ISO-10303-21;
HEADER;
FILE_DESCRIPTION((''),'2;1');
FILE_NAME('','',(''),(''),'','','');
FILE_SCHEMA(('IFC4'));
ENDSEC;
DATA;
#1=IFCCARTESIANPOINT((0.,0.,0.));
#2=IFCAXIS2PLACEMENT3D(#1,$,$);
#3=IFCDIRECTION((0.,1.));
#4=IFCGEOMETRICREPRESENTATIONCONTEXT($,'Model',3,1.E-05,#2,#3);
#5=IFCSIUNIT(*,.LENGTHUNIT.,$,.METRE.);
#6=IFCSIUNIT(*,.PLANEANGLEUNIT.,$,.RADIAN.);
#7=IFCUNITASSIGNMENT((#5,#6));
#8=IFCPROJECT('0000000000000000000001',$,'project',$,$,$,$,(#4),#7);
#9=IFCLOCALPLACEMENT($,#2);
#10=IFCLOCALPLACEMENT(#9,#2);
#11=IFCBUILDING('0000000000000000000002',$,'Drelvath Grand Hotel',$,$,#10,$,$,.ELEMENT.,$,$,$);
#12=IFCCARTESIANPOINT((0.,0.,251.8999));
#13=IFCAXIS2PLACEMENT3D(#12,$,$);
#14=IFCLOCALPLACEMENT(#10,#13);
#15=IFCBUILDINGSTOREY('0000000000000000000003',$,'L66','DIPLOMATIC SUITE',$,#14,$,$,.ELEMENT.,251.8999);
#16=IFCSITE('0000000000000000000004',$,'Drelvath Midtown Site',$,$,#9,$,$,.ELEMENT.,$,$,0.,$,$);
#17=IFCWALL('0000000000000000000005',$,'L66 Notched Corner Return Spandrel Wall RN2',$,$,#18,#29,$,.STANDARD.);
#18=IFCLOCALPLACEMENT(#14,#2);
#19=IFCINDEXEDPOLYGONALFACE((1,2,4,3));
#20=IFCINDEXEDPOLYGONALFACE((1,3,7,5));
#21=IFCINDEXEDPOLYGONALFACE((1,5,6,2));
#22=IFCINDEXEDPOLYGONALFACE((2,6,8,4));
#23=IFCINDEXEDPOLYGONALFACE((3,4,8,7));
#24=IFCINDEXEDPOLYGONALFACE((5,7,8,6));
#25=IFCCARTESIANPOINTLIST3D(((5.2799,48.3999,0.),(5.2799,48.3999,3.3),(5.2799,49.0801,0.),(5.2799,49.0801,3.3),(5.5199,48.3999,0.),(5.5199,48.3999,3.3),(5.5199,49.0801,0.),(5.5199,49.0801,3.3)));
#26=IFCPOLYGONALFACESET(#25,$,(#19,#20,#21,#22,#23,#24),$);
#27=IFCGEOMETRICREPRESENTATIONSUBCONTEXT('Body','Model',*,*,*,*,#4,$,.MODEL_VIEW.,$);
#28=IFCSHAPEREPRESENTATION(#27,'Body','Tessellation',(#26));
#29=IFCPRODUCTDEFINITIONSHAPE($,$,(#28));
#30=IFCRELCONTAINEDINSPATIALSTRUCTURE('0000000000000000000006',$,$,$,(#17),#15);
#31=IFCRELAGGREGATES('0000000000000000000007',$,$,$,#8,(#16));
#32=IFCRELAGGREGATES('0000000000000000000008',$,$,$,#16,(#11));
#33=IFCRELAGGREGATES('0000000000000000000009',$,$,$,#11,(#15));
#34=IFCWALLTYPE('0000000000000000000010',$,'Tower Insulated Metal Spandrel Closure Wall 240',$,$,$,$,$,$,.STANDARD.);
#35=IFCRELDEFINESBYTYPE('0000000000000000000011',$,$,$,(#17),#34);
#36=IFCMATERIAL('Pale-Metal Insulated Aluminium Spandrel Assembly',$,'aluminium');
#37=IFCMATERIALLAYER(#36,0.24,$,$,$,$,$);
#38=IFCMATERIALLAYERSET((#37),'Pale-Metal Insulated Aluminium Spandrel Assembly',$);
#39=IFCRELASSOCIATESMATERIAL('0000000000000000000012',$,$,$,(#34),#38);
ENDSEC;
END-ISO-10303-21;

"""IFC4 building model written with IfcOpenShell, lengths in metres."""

from ifc_helpers import new_model, si_unit, direction, frame, frame_2d, origin, place, context, subcontext, project, spatial, rectangle, extrude, material, layer, layer_set, type_object, element, save


model = new_model("IFC4")

# Units and contexts
model_context = context("Model", 3, precision=1e-05, world=origin(), true_north=direction((0.0, 1.0)))
body_context = subcontext(model_context, "Body", "Model", "MODEL_VIEW")
ifc_project = project(units=[si_unit("LENGTHUNIT", "METRE"), si_unit("PLANEANGLEUNIT", "RADIAN")], contexts=[model_context])

# Site, building, storey
site_placement = place(None, origin())
site = spatial("IfcSite", under=ifc_project, at=site_placement, Name="Drelvath Midtown Site", CompositionType="ELEMENT", RefElevation=0.0)
building_placement = place(site_placement, origin())
building = spatial("IfcBuilding", under=site, at=building_placement, Name="Drelvath Grand Hotel", CompositionType="ELEMENT")
storey_placement = place(building_placement, frame((0.0, 0.0, 251.8999)))
storey = spatial("IfcBuildingStorey", under=building, at=storey_placement, Name="L66", Description="DIPLOMATIC SUITE", CompositionType="ELEMENT", Elevation=251.8999)

# Wall
ifc_material_1 = material(Name="Pale-Metal Insulated Aluminium Spandrel Assembly", Category="aluminium")
ifc_layer_1 = layer(ifc_material_1, 0.24)
ifc_layer_set_1 = layer_set([ifc_layer_1], Name="Pale-Metal Insulated Aluminium Spandrel Assembly")
wall_type_1 = type_object("IfcWallType", Name="Tower Insulated Metal Spandrel Closure Wall 240", PredefinedType="STANDARD", material=ifc_layer_set_1)
wall_1_placement = place(storey_placement, frame((5.3999, 48.3999, 0.0), z_axis=(0.0, 0.0, 1.0), x_axis=(0.0, 1.0, 0.0)))
element("IfcWall", 1, at=wall_1_placement, inside=storey, type_object=wall_type_1, Name="L66 Notched Corner Return Spandrel Wall RN2", PredefinedType="STANDARD", context=body_context, shape_type="SweptSolid", body=[
    extrude(rectangle(XDim=0.6802, YDim=0.24, at=frame_2d((0.3401, 0.0))), origin(), (0.0, 0.0, 1.0), 3.3),
])

save(model, "model.ifc")
